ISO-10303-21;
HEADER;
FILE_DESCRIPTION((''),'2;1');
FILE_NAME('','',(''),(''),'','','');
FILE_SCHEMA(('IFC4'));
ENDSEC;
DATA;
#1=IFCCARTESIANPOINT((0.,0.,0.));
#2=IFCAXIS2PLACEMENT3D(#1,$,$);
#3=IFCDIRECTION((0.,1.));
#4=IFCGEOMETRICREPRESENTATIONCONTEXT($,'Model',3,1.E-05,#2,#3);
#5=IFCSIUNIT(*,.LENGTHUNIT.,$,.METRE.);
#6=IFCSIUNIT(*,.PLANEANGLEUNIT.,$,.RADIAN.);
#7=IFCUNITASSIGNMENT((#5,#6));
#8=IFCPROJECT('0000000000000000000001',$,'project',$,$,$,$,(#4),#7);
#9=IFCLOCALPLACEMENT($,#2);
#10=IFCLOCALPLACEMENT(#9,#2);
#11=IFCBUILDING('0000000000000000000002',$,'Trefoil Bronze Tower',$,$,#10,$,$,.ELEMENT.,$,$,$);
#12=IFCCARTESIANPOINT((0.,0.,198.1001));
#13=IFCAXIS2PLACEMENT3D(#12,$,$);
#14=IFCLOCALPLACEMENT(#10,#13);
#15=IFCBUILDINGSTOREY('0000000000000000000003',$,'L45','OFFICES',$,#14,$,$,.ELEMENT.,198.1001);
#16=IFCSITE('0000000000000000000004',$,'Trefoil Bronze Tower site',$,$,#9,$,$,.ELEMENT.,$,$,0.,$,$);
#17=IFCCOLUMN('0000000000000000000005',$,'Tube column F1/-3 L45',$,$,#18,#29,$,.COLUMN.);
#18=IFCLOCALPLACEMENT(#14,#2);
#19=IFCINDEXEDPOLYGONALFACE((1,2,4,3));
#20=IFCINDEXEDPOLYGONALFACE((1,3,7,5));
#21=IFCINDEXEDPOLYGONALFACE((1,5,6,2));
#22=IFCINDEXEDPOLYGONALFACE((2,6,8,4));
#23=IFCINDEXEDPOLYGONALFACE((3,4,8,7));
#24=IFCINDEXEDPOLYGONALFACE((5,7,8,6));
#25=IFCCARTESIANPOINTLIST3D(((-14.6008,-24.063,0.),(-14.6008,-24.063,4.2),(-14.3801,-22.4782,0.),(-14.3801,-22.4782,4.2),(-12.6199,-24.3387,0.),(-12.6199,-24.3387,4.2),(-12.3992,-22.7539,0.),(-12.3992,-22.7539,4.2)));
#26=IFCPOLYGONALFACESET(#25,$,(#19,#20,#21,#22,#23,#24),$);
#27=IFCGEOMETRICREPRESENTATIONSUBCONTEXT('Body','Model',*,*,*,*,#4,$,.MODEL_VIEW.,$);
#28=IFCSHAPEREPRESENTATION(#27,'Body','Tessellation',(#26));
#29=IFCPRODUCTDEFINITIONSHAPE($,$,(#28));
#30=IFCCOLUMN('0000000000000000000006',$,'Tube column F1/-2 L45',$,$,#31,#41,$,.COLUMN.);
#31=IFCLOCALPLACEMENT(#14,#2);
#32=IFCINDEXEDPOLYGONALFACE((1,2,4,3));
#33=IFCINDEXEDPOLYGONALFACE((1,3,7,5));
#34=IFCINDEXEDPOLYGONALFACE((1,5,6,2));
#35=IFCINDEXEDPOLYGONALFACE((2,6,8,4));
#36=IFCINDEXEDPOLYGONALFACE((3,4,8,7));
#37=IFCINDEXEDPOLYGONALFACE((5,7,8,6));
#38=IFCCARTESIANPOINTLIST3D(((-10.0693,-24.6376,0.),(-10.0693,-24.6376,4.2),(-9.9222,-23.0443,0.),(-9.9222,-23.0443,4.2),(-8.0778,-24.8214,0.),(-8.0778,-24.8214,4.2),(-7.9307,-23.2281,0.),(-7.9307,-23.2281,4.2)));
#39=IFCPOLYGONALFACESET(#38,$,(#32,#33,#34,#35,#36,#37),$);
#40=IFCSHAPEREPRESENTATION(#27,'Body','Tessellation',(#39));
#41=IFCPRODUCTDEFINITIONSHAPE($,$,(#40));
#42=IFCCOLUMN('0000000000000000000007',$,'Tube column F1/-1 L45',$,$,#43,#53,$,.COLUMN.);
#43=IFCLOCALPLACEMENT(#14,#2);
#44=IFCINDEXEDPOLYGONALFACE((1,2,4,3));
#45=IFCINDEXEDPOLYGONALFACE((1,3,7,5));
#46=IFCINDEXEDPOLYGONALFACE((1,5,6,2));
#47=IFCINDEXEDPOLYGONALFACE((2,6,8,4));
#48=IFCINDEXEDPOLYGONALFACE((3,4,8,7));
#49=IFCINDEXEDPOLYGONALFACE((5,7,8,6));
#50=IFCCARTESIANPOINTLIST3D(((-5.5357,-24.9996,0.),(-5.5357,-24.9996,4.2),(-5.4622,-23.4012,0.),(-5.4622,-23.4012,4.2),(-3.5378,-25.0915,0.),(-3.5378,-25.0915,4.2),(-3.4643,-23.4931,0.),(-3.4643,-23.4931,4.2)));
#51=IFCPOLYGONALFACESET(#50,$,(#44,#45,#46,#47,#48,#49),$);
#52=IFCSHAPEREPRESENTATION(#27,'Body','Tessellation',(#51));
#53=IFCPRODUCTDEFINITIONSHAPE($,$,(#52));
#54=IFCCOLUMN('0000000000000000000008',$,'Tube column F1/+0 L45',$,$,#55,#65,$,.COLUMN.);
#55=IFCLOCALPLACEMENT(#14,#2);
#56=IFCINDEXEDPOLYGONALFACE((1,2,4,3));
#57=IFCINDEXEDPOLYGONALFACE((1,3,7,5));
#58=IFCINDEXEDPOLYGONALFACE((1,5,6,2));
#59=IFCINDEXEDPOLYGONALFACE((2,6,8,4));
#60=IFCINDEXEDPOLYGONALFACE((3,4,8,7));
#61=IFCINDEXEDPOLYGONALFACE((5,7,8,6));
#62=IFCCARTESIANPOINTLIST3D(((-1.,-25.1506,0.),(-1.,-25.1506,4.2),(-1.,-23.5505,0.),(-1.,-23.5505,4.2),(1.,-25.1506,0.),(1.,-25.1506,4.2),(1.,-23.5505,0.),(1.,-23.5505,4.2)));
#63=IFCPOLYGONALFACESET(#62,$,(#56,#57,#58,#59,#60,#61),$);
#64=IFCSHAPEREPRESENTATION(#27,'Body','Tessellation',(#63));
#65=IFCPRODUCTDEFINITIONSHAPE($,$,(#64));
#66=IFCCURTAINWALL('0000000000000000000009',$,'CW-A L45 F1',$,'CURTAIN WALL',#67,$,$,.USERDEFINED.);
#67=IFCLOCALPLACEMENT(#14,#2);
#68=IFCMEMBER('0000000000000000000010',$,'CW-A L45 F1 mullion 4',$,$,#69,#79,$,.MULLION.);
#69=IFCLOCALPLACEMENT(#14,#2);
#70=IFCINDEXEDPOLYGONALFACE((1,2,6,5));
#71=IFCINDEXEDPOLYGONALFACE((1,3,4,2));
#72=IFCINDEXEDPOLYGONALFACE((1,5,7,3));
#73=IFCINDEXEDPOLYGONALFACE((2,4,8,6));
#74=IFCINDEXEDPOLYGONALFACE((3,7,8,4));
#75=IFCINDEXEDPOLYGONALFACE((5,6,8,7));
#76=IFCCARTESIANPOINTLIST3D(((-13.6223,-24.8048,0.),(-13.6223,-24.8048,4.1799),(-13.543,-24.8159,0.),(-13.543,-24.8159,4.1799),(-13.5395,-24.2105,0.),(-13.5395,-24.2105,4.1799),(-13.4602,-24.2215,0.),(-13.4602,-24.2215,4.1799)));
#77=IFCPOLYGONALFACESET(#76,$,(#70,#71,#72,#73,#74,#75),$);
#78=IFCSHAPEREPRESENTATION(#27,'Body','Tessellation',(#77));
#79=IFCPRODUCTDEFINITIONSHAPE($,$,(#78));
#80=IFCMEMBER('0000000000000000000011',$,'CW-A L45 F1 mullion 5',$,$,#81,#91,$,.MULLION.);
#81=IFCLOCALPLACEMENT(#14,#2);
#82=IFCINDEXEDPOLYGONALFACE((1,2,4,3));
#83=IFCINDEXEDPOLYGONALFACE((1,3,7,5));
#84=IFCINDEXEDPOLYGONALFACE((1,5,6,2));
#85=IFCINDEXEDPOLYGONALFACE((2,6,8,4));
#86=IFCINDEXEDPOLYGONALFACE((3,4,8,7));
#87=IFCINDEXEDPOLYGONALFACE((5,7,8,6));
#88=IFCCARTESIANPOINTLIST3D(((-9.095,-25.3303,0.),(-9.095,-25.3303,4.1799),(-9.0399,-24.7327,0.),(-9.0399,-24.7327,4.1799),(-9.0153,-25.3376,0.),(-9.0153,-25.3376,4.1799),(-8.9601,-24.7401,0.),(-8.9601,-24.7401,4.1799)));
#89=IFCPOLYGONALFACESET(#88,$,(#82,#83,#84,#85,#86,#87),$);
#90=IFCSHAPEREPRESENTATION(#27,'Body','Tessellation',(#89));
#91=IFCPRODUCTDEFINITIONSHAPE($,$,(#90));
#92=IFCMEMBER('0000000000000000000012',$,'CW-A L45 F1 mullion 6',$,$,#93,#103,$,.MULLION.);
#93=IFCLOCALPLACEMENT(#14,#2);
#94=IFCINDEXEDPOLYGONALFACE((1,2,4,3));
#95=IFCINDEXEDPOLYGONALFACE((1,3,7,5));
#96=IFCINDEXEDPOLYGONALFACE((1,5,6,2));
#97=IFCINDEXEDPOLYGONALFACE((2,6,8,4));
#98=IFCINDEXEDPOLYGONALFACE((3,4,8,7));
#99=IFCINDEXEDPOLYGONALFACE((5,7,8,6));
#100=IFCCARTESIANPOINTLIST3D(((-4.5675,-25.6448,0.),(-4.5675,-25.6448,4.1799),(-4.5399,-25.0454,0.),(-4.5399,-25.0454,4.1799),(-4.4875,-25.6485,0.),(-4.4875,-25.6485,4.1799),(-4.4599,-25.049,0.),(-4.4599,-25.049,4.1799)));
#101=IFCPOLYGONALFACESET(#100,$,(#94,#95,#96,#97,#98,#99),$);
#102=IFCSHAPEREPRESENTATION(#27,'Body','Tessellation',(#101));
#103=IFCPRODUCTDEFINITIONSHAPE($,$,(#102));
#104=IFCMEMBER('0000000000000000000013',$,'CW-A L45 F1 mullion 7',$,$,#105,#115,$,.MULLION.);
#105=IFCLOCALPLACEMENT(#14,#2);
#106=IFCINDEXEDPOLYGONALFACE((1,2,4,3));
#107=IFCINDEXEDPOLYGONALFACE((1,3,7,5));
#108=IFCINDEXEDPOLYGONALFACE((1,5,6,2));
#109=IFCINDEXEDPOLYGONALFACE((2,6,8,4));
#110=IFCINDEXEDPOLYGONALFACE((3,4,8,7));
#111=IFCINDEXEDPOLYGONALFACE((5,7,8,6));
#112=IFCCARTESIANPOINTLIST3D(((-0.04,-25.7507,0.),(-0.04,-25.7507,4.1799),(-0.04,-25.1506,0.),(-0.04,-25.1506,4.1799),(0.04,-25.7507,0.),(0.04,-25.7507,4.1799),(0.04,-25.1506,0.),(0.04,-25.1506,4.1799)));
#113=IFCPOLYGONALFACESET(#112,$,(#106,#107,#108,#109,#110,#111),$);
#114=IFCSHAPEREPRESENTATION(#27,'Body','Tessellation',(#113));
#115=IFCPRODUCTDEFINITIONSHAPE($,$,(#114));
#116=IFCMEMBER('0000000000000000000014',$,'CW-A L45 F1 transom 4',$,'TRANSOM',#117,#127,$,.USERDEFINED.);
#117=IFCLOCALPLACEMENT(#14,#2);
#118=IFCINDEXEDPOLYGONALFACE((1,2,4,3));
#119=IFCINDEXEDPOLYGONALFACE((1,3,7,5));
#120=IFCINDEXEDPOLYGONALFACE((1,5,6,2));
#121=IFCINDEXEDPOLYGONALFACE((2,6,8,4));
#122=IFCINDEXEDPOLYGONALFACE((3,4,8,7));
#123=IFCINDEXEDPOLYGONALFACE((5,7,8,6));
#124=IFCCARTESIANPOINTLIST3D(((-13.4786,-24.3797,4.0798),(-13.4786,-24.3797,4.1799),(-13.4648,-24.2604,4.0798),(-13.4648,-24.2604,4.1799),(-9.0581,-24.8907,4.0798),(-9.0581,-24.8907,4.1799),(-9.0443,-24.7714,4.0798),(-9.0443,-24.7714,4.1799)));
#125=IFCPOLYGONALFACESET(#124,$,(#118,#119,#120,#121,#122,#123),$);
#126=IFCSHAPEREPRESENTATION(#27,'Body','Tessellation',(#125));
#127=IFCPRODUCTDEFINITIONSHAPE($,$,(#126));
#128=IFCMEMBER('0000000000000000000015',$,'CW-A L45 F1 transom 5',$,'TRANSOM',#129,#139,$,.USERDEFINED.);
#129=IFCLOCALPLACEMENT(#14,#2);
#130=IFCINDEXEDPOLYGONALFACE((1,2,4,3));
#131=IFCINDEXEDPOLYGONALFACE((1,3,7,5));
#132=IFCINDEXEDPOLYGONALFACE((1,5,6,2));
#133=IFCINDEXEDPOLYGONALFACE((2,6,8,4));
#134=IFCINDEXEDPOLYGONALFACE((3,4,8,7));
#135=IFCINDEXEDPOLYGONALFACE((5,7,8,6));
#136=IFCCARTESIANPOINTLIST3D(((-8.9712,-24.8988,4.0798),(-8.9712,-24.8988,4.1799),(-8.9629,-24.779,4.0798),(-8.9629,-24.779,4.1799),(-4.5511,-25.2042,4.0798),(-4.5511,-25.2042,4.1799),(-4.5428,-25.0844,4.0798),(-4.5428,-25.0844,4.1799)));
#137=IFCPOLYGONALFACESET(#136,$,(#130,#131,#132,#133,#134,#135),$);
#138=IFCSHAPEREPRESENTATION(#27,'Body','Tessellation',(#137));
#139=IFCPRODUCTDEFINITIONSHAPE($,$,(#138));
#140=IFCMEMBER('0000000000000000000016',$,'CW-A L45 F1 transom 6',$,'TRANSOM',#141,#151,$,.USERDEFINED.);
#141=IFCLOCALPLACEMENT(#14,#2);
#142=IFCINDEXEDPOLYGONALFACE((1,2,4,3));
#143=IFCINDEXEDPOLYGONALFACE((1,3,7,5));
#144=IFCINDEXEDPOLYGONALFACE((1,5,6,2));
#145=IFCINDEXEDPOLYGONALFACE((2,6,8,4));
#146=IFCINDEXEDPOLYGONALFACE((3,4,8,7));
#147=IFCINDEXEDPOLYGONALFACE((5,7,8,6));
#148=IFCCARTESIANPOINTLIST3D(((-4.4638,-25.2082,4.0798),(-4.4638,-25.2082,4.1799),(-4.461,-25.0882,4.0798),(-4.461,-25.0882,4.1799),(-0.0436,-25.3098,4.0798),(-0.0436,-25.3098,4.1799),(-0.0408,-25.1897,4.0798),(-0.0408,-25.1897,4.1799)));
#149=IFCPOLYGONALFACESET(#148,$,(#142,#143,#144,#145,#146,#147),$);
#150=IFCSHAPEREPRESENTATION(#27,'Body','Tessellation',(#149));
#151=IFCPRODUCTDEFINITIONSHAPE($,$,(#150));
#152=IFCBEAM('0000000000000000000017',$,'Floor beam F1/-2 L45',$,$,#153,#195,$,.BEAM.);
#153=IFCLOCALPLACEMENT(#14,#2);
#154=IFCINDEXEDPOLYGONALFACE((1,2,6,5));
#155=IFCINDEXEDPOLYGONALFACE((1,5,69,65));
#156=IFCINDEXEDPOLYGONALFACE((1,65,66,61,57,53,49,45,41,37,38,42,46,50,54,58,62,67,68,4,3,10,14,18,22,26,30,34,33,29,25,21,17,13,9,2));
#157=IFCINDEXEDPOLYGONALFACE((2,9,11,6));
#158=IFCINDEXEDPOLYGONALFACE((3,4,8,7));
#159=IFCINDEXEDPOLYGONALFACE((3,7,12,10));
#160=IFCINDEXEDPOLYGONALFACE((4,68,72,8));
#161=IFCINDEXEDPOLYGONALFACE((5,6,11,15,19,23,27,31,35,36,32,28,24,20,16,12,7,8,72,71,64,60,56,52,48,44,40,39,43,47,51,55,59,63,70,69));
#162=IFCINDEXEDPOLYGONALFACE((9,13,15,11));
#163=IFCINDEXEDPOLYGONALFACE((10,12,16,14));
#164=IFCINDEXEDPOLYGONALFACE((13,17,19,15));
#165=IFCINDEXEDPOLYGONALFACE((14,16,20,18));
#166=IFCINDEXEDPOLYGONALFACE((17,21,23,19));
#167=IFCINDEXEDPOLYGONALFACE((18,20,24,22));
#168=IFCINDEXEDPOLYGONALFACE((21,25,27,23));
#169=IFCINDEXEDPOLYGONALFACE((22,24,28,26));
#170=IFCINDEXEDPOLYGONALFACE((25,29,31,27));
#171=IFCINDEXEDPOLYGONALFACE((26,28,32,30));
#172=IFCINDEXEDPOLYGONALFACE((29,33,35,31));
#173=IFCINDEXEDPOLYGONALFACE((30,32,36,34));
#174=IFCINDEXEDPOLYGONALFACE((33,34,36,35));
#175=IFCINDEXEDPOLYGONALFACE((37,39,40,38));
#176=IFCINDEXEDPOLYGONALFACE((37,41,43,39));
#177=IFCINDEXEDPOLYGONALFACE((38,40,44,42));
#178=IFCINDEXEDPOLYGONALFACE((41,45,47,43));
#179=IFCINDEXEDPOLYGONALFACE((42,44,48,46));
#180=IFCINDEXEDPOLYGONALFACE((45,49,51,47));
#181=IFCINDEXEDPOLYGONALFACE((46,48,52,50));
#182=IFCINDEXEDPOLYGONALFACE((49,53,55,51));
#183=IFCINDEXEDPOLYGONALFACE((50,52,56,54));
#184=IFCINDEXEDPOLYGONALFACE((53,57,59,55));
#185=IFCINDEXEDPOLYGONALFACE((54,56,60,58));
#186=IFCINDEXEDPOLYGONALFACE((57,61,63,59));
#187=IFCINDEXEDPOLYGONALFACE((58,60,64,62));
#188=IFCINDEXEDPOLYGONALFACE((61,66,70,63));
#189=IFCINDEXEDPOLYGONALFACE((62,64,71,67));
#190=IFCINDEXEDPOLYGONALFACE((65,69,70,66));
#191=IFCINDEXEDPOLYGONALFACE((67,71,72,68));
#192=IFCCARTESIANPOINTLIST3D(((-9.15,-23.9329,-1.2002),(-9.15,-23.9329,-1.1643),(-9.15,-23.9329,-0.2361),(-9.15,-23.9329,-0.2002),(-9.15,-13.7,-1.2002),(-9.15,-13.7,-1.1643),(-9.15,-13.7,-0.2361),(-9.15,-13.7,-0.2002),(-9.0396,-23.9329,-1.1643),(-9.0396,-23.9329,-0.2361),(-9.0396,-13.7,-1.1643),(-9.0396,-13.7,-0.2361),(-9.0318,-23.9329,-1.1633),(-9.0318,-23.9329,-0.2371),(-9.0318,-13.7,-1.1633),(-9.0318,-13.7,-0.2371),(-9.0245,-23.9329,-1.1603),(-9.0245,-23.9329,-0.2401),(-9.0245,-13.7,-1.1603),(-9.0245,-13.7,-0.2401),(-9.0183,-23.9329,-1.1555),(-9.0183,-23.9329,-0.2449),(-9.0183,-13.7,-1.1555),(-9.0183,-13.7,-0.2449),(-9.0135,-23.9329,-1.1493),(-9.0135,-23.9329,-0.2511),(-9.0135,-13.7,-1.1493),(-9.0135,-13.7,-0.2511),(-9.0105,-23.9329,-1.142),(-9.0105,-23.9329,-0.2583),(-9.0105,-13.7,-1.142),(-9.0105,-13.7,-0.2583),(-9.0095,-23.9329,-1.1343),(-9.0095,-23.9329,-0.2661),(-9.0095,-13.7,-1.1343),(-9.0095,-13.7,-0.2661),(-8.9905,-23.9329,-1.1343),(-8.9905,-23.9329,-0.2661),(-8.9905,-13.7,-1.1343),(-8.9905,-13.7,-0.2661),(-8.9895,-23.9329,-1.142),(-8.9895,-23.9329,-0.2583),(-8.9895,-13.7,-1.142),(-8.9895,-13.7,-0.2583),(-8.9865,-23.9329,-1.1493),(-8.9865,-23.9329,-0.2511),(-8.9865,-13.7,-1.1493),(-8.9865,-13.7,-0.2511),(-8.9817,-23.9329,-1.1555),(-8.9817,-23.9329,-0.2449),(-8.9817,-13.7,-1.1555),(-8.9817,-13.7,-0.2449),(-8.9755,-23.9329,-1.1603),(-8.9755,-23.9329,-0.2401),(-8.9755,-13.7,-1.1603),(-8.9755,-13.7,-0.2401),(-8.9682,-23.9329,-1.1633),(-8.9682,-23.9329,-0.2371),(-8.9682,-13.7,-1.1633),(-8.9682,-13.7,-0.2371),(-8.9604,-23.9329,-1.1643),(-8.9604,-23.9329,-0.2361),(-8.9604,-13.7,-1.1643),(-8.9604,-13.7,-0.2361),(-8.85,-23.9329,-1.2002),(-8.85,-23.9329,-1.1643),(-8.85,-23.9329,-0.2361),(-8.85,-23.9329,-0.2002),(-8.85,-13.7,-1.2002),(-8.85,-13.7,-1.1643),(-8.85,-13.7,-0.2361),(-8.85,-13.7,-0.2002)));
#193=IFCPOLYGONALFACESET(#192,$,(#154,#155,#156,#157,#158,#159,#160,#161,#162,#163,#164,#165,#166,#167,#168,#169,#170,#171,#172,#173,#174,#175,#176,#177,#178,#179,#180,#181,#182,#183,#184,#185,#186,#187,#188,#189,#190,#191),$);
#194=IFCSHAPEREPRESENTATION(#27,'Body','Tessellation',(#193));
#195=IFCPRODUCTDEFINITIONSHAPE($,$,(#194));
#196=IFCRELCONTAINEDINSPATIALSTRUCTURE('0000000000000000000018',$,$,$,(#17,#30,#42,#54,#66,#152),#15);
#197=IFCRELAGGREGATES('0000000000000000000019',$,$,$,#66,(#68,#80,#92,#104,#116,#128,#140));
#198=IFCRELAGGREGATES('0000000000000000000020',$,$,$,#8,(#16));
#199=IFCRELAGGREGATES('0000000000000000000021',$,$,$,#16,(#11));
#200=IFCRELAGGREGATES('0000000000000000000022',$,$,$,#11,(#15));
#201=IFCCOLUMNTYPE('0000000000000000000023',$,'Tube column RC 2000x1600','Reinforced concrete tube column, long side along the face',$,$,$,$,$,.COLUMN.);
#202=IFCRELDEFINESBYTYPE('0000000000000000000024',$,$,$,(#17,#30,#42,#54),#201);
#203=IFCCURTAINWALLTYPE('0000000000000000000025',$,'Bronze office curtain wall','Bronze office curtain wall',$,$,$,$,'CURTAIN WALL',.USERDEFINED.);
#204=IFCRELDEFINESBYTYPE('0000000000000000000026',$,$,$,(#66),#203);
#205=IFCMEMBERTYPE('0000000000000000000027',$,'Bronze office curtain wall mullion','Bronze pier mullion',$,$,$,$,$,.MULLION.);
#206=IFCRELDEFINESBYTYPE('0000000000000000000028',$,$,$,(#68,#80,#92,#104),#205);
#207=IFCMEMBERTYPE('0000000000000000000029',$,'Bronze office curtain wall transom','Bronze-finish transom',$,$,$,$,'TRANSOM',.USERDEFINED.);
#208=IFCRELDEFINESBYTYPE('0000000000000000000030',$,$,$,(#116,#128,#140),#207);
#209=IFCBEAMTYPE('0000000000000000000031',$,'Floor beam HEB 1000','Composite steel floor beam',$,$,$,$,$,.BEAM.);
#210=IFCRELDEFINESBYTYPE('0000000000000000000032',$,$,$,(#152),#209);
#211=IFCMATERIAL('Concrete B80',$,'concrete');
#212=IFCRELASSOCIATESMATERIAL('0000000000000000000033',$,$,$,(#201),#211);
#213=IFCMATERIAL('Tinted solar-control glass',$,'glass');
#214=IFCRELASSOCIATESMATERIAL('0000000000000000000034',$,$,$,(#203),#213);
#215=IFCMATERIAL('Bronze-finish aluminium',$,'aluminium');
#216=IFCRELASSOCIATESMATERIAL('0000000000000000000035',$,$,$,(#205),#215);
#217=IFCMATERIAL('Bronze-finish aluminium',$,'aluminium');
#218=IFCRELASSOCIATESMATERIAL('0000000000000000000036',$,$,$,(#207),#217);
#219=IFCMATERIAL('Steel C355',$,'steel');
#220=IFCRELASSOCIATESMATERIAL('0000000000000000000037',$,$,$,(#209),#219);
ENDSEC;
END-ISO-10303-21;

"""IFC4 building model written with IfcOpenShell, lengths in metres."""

from ifc_helpers import new_model, si_unit, direction, frame, origin, origin_2d, place, context, subcontext, project, spatial, rectangle, i_section, extrude, material, material_profile, profile_set, type_object, element, aggregate, save


model = new_model("IFC4")

# Units and contexts
model_context = context("Model", 3, precision=1e-05, world=origin(), true_north=direction((0.0, 1.0)))
body_context = subcontext(model_context, "Body", "Model", "MODEL_VIEW")
ifc_project = project(units=[si_unit("LENGTHUNIT", "METRE"), si_unit("PLANEANGLEUNIT", "RADIAN")], contexts=[model_context])

# Site, building, storey
site_placement = place(None, origin())
site = spatial("IfcSite", under=ifc_project, at=site_placement, Name="Trefoil Bronze Tower site", CompositionType="ELEMENT", RefElevation=0.0)
building_placement = place(site_placement, origin())
building = spatial("IfcBuilding", under=site, at=building_placement, Name="Trefoil Bronze Tower", CompositionType="ELEMENT")
storey_placement = place(building_placement, frame((0.0, 0.0, 198.1001)))
storey = spatial("IfcBuildingStorey", under=building, at=storey_placement, Name="L45", Description="OFFICES", CompositionType="ELEMENT", Elevation=198.1001)

# Columns
ifc_material_1 = material(Name="Concrete B80", Category="concrete")
ifc_material_profile_1 = material_profile(ifc_material_1, rectangle(XDim=2.0, YDim=1.6001, at=origin_2d()), Name="RC 2000x1600")
ifc_profile_set_1 = profile_set([ifc_material_profile_1], Name="Concrete B80")
column_type = type_object("IfcColumnType", Name="Tube column RC 2000x1600", Description="Reinforced concrete tube column, long side along the face", PredefinedType="COLUMN", material=ifc_profile_set_1)
for number, where, z_axis, x_axis, name in (
    (1, (-13.5, -23.4084, 0.0), (0.0, 0.0, 1.0), (0.990451, -0.137868, 0.0), "Tube column F1/-3 L45"),
    (2, (-9.0, -23.9329, 0.0), (0.0, 0.0, 1.0), (0.995767, -0.091911, 0.0), "Tube column F1/-2 L45"),
    (3, (-4.5, -24.2463, 0.0), (0.0, 0.0, 1.0), (0.998943, -0.045956, 0.0), "Tube column F1/-1 L45"),
    (4, (0.0, -24.3506, 0.0), (0.0, 0.0, 1.0), (1.0, 0.0, 0.0), "Tube column F1/+0 L45"),
):
    element("IfcColumn", number, at=place(storey_placement, frame(where, z_axis=z_axis, x_axis=x_axis)), inside=storey, type_object=column_type, Name=name, PredefinedType="COLUMN", context=body_context, shape_type="SweptSolid", body=[
        extrude(rectangle(XDim=2.0, YDim=1.6001, at=origin_2d()), origin(), (0.0, 0.0, 1.0), 4.2),
    ])

# Curtain wall, members
ifc_material_2 = material(Name="Tinted solar-control glass", Category="glass")
curtain_wall_type = type_object("IfcCurtainWallType", Name="Bronze office curtain wall", Description="Bronze office curtain wall", ElementType="CURTAIN WALL", PredefinedType="USERDEFINED", material=ifc_material_2)
curtain_wall_placement = place(storey_placement, origin())
curtain_wall = element("IfcCurtainWall", 5, at=curtain_wall_placement, inside=storey, type_object=curtain_wall_type, Name="CW-A L45 F1", ObjectType="CURTAIN WALL", PredefinedType="USERDEFINED")
ifc_material_3 = material(Name="Bronze-finish aluminium", Category="aluminium")
ifc_material_profile_2 = material_profile(ifc_material_3, rectangle(XDim=0.6001, YDim=0.0801, at=origin_2d()), Name="CW-A mullion")
ifc_profile_set_2 = profile_set([ifc_material_profile_2], Name="Bronze-finish aluminium")
member_type_1 = type_object("IfcMemberType", Name="Bronze office curtain wall mullion", Description="Bronze pier mullion", PredefinedType="MULLION", material=ifc_profile_set_2)
member_1_placement = place(storey_placement, frame((-13.5413, -24.5132, 0.0), z_axis=(0.0, 0.0, 1.0), x_axis=(0.137868, 0.990451, 0.0)))
member_1 = element("IfcMember", 6, at=member_1_placement, type_object=member_type_1, Name="CW-A L45 F1 mullion 4", PredefinedType="MULLION", context=body_context, shape_type="SweptSolid", body=[
    extrude(rectangle(XDim=0.6001, YDim=0.0801, at=origin_2d()), origin(), (0.0, 0.0, 1.0), 4.1799),
])
member_2_placement = place(storey_placement, frame((-9.0276, -25.0352, 0.0), z_axis=(0.0, 0.0, 1.0), x_axis=(0.091911, 0.995767, 0.0)))
member_2 = element("IfcMember", 7, at=member_2_placement, type_object=member_type_1, Name="CW-A L45 F1 mullion 5", PredefinedType="MULLION", context=body_context, shape_type="SweptSolid", body=[
    extrude(rectangle(XDim=0.6001, YDim=0.0801, at=origin_2d()), origin(), (0.0, 0.0, 1.0), 4.1799),
])
member_3_placement = place(storey_placement, frame((-4.5137, -25.3469, 0.0), z_axis=(0.0, 0.0, 1.0), x_axis=(0.045956, 0.998943, 0.0)))
member_3 = element("IfcMember", 8, at=member_3_placement, type_object=member_type_1, Name="CW-A L45 F1 mullion 6", PredefinedType="MULLION", context=body_context, shape_type="SweptSolid", body=[
    extrude(rectangle(XDim=0.6001, YDim=0.0801, at=origin_2d()), origin(), (0.0, 0.0, 1.0), 4.1799),
])
member_4_placement = place(storey_placement, frame((0.0, -25.4507, 0.0), z_axis=(0.0, 0.0, 1.0), x_axis=(0.0, 1.0, 0.0)))
member_4 = element("IfcMember", 9, at=member_4_placement, type_object=member_type_1, Name="CW-A L45 F1 mullion 7", PredefinedType="MULLION", context=body_context, shape_type="SweptSolid", body=[
    extrude(rectangle(XDim=0.6001, YDim=0.0801, at=origin_2d()), origin(), (0.0, 0.0, 1.0), 4.1799),
])
ifc_material_4 = material(Name="Bronze-finish aluminium", Category="aluminium")
ifc_material_profile_3 = material_profile(ifc_material_4, rectangle(XDim=0.1201, YDim=0.1001, at=origin_2d()), Name="CW-A transom")
ifc_profile_set_3 = profile_set([ifc_material_profile_3], Name="Bronze-finish aluminium")
member_type_2 = type_object("IfcMemberType", Name="Bronze office curtain wall transom", Description="Bronze-finish transom", ElementType="TRANSOM", PredefinedType="USERDEFINED", material=ifc_profile_set_3)
member_5_placement = place(storey_placement, frame((-13.4717, -24.3201, 4.1299), z_axis=(0.993385, -0.114832, 0.0), x_axis=(0.114832, 0.993385, 0.0)))
member_5 = element("IfcMember", 10, at=member_5_placement, type_object=member_type_2, Name="CW-A L45 F1 transom 4", ObjectType="TRANSOM", PredefinedType="USERDEFINED", context=body_context, shape_type="SweptSolid", body=[
    extrude(rectangle(XDim=0.1201, YDim=0.1001, at=origin_2d()), origin(), (0.0, 0.0, 1.0), 4.45),
])
member_6_placement = place(storey_placement, frame((-8.967, -24.8389, 4.1299), z_axis=(0.997621, -0.068933, 0.0), x_axis=(0.068933, 0.997621, 0.0)))
member_6 = element("IfcMember", 11, at=member_6_placement, type_object=member_type_2, Name="CW-A L45 F1 transom 5", ObjectType="TRANSOM", PredefinedType="USERDEFINED", context=body_context, shape_type="SweptSolid", body=[
    extrude(rectangle(XDim=0.1201, YDim=0.1001, at=origin_2d()), origin(), (0.0, 0.0, 1.0), 4.4307),
])
member_7_placement = place(storey_placement, frame((-4.4624, -25.1482, 4.1299), z_axis=(0.999736, -0.022971, 0.0), x_axis=(0.022971, 0.999736, 0.0)))
member_7 = element("IfcMember", 12, at=member_7_placement, type_object=member_type_2, Name="CW-A L45 F1 transom 6", ObjectType="TRANSOM", PredefinedType="USERDEFINED", context=body_context, shape_type="SweptSolid", body=[
    extrude(rectangle(XDim=0.1201, YDim=0.1001, at=origin_2d()), origin(), (0.0, 0.0, 1.0), 4.4214),
])

# Beam
ifc_material_5 = material(Name="Steel C355", Category="steel")
ifc_material_profile_4 = material_profile(ifc_material_5, i_section(OverallWidth=0.3, OverallDepth=1.0, WebThickness=0.019, FlangeThickness=0.0359, FilletRadius=0.03, at=origin_2d()), Name="HEB 1000")
ifc_profile_set_4 = profile_set([ifc_material_profile_4], Name="Steel C355")
beam_type_1 = type_object("IfcBeamType", Name="Floor beam HEB 1000", Description="Composite steel floor beam", PredefinedType="BEAM", material=ifc_profile_set_4)
beam_1_placement = place(storey_placement, frame((-9.0, -23.9329, -0.7002), z_axis=(0.0, 1.0, 0.0), x_axis=(-1.0, 0.0, 0.0)))
element("IfcBeam", 13, at=beam_1_placement, inside=storey, type_object=beam_type_1, Name="Floor beam F1/-2 L45", PredefinedType="BEAM", context=body_context, shape_type="SweptSolid", body=[
    extrude(i_section(OverallWidth=0.3, OverallDepth=1.0, WebThickness=0.019, FlangeThickness=0.0359, FilletRadius=0.03, at=origin_2d()), origin(), (0.0, 0.0, 1.0), 10.2329),
])

aggregate(curtain_wall, [member_1, member_2, member_3, member_4, member_5, member_6, member_7])

save(model, "model.ifc")
